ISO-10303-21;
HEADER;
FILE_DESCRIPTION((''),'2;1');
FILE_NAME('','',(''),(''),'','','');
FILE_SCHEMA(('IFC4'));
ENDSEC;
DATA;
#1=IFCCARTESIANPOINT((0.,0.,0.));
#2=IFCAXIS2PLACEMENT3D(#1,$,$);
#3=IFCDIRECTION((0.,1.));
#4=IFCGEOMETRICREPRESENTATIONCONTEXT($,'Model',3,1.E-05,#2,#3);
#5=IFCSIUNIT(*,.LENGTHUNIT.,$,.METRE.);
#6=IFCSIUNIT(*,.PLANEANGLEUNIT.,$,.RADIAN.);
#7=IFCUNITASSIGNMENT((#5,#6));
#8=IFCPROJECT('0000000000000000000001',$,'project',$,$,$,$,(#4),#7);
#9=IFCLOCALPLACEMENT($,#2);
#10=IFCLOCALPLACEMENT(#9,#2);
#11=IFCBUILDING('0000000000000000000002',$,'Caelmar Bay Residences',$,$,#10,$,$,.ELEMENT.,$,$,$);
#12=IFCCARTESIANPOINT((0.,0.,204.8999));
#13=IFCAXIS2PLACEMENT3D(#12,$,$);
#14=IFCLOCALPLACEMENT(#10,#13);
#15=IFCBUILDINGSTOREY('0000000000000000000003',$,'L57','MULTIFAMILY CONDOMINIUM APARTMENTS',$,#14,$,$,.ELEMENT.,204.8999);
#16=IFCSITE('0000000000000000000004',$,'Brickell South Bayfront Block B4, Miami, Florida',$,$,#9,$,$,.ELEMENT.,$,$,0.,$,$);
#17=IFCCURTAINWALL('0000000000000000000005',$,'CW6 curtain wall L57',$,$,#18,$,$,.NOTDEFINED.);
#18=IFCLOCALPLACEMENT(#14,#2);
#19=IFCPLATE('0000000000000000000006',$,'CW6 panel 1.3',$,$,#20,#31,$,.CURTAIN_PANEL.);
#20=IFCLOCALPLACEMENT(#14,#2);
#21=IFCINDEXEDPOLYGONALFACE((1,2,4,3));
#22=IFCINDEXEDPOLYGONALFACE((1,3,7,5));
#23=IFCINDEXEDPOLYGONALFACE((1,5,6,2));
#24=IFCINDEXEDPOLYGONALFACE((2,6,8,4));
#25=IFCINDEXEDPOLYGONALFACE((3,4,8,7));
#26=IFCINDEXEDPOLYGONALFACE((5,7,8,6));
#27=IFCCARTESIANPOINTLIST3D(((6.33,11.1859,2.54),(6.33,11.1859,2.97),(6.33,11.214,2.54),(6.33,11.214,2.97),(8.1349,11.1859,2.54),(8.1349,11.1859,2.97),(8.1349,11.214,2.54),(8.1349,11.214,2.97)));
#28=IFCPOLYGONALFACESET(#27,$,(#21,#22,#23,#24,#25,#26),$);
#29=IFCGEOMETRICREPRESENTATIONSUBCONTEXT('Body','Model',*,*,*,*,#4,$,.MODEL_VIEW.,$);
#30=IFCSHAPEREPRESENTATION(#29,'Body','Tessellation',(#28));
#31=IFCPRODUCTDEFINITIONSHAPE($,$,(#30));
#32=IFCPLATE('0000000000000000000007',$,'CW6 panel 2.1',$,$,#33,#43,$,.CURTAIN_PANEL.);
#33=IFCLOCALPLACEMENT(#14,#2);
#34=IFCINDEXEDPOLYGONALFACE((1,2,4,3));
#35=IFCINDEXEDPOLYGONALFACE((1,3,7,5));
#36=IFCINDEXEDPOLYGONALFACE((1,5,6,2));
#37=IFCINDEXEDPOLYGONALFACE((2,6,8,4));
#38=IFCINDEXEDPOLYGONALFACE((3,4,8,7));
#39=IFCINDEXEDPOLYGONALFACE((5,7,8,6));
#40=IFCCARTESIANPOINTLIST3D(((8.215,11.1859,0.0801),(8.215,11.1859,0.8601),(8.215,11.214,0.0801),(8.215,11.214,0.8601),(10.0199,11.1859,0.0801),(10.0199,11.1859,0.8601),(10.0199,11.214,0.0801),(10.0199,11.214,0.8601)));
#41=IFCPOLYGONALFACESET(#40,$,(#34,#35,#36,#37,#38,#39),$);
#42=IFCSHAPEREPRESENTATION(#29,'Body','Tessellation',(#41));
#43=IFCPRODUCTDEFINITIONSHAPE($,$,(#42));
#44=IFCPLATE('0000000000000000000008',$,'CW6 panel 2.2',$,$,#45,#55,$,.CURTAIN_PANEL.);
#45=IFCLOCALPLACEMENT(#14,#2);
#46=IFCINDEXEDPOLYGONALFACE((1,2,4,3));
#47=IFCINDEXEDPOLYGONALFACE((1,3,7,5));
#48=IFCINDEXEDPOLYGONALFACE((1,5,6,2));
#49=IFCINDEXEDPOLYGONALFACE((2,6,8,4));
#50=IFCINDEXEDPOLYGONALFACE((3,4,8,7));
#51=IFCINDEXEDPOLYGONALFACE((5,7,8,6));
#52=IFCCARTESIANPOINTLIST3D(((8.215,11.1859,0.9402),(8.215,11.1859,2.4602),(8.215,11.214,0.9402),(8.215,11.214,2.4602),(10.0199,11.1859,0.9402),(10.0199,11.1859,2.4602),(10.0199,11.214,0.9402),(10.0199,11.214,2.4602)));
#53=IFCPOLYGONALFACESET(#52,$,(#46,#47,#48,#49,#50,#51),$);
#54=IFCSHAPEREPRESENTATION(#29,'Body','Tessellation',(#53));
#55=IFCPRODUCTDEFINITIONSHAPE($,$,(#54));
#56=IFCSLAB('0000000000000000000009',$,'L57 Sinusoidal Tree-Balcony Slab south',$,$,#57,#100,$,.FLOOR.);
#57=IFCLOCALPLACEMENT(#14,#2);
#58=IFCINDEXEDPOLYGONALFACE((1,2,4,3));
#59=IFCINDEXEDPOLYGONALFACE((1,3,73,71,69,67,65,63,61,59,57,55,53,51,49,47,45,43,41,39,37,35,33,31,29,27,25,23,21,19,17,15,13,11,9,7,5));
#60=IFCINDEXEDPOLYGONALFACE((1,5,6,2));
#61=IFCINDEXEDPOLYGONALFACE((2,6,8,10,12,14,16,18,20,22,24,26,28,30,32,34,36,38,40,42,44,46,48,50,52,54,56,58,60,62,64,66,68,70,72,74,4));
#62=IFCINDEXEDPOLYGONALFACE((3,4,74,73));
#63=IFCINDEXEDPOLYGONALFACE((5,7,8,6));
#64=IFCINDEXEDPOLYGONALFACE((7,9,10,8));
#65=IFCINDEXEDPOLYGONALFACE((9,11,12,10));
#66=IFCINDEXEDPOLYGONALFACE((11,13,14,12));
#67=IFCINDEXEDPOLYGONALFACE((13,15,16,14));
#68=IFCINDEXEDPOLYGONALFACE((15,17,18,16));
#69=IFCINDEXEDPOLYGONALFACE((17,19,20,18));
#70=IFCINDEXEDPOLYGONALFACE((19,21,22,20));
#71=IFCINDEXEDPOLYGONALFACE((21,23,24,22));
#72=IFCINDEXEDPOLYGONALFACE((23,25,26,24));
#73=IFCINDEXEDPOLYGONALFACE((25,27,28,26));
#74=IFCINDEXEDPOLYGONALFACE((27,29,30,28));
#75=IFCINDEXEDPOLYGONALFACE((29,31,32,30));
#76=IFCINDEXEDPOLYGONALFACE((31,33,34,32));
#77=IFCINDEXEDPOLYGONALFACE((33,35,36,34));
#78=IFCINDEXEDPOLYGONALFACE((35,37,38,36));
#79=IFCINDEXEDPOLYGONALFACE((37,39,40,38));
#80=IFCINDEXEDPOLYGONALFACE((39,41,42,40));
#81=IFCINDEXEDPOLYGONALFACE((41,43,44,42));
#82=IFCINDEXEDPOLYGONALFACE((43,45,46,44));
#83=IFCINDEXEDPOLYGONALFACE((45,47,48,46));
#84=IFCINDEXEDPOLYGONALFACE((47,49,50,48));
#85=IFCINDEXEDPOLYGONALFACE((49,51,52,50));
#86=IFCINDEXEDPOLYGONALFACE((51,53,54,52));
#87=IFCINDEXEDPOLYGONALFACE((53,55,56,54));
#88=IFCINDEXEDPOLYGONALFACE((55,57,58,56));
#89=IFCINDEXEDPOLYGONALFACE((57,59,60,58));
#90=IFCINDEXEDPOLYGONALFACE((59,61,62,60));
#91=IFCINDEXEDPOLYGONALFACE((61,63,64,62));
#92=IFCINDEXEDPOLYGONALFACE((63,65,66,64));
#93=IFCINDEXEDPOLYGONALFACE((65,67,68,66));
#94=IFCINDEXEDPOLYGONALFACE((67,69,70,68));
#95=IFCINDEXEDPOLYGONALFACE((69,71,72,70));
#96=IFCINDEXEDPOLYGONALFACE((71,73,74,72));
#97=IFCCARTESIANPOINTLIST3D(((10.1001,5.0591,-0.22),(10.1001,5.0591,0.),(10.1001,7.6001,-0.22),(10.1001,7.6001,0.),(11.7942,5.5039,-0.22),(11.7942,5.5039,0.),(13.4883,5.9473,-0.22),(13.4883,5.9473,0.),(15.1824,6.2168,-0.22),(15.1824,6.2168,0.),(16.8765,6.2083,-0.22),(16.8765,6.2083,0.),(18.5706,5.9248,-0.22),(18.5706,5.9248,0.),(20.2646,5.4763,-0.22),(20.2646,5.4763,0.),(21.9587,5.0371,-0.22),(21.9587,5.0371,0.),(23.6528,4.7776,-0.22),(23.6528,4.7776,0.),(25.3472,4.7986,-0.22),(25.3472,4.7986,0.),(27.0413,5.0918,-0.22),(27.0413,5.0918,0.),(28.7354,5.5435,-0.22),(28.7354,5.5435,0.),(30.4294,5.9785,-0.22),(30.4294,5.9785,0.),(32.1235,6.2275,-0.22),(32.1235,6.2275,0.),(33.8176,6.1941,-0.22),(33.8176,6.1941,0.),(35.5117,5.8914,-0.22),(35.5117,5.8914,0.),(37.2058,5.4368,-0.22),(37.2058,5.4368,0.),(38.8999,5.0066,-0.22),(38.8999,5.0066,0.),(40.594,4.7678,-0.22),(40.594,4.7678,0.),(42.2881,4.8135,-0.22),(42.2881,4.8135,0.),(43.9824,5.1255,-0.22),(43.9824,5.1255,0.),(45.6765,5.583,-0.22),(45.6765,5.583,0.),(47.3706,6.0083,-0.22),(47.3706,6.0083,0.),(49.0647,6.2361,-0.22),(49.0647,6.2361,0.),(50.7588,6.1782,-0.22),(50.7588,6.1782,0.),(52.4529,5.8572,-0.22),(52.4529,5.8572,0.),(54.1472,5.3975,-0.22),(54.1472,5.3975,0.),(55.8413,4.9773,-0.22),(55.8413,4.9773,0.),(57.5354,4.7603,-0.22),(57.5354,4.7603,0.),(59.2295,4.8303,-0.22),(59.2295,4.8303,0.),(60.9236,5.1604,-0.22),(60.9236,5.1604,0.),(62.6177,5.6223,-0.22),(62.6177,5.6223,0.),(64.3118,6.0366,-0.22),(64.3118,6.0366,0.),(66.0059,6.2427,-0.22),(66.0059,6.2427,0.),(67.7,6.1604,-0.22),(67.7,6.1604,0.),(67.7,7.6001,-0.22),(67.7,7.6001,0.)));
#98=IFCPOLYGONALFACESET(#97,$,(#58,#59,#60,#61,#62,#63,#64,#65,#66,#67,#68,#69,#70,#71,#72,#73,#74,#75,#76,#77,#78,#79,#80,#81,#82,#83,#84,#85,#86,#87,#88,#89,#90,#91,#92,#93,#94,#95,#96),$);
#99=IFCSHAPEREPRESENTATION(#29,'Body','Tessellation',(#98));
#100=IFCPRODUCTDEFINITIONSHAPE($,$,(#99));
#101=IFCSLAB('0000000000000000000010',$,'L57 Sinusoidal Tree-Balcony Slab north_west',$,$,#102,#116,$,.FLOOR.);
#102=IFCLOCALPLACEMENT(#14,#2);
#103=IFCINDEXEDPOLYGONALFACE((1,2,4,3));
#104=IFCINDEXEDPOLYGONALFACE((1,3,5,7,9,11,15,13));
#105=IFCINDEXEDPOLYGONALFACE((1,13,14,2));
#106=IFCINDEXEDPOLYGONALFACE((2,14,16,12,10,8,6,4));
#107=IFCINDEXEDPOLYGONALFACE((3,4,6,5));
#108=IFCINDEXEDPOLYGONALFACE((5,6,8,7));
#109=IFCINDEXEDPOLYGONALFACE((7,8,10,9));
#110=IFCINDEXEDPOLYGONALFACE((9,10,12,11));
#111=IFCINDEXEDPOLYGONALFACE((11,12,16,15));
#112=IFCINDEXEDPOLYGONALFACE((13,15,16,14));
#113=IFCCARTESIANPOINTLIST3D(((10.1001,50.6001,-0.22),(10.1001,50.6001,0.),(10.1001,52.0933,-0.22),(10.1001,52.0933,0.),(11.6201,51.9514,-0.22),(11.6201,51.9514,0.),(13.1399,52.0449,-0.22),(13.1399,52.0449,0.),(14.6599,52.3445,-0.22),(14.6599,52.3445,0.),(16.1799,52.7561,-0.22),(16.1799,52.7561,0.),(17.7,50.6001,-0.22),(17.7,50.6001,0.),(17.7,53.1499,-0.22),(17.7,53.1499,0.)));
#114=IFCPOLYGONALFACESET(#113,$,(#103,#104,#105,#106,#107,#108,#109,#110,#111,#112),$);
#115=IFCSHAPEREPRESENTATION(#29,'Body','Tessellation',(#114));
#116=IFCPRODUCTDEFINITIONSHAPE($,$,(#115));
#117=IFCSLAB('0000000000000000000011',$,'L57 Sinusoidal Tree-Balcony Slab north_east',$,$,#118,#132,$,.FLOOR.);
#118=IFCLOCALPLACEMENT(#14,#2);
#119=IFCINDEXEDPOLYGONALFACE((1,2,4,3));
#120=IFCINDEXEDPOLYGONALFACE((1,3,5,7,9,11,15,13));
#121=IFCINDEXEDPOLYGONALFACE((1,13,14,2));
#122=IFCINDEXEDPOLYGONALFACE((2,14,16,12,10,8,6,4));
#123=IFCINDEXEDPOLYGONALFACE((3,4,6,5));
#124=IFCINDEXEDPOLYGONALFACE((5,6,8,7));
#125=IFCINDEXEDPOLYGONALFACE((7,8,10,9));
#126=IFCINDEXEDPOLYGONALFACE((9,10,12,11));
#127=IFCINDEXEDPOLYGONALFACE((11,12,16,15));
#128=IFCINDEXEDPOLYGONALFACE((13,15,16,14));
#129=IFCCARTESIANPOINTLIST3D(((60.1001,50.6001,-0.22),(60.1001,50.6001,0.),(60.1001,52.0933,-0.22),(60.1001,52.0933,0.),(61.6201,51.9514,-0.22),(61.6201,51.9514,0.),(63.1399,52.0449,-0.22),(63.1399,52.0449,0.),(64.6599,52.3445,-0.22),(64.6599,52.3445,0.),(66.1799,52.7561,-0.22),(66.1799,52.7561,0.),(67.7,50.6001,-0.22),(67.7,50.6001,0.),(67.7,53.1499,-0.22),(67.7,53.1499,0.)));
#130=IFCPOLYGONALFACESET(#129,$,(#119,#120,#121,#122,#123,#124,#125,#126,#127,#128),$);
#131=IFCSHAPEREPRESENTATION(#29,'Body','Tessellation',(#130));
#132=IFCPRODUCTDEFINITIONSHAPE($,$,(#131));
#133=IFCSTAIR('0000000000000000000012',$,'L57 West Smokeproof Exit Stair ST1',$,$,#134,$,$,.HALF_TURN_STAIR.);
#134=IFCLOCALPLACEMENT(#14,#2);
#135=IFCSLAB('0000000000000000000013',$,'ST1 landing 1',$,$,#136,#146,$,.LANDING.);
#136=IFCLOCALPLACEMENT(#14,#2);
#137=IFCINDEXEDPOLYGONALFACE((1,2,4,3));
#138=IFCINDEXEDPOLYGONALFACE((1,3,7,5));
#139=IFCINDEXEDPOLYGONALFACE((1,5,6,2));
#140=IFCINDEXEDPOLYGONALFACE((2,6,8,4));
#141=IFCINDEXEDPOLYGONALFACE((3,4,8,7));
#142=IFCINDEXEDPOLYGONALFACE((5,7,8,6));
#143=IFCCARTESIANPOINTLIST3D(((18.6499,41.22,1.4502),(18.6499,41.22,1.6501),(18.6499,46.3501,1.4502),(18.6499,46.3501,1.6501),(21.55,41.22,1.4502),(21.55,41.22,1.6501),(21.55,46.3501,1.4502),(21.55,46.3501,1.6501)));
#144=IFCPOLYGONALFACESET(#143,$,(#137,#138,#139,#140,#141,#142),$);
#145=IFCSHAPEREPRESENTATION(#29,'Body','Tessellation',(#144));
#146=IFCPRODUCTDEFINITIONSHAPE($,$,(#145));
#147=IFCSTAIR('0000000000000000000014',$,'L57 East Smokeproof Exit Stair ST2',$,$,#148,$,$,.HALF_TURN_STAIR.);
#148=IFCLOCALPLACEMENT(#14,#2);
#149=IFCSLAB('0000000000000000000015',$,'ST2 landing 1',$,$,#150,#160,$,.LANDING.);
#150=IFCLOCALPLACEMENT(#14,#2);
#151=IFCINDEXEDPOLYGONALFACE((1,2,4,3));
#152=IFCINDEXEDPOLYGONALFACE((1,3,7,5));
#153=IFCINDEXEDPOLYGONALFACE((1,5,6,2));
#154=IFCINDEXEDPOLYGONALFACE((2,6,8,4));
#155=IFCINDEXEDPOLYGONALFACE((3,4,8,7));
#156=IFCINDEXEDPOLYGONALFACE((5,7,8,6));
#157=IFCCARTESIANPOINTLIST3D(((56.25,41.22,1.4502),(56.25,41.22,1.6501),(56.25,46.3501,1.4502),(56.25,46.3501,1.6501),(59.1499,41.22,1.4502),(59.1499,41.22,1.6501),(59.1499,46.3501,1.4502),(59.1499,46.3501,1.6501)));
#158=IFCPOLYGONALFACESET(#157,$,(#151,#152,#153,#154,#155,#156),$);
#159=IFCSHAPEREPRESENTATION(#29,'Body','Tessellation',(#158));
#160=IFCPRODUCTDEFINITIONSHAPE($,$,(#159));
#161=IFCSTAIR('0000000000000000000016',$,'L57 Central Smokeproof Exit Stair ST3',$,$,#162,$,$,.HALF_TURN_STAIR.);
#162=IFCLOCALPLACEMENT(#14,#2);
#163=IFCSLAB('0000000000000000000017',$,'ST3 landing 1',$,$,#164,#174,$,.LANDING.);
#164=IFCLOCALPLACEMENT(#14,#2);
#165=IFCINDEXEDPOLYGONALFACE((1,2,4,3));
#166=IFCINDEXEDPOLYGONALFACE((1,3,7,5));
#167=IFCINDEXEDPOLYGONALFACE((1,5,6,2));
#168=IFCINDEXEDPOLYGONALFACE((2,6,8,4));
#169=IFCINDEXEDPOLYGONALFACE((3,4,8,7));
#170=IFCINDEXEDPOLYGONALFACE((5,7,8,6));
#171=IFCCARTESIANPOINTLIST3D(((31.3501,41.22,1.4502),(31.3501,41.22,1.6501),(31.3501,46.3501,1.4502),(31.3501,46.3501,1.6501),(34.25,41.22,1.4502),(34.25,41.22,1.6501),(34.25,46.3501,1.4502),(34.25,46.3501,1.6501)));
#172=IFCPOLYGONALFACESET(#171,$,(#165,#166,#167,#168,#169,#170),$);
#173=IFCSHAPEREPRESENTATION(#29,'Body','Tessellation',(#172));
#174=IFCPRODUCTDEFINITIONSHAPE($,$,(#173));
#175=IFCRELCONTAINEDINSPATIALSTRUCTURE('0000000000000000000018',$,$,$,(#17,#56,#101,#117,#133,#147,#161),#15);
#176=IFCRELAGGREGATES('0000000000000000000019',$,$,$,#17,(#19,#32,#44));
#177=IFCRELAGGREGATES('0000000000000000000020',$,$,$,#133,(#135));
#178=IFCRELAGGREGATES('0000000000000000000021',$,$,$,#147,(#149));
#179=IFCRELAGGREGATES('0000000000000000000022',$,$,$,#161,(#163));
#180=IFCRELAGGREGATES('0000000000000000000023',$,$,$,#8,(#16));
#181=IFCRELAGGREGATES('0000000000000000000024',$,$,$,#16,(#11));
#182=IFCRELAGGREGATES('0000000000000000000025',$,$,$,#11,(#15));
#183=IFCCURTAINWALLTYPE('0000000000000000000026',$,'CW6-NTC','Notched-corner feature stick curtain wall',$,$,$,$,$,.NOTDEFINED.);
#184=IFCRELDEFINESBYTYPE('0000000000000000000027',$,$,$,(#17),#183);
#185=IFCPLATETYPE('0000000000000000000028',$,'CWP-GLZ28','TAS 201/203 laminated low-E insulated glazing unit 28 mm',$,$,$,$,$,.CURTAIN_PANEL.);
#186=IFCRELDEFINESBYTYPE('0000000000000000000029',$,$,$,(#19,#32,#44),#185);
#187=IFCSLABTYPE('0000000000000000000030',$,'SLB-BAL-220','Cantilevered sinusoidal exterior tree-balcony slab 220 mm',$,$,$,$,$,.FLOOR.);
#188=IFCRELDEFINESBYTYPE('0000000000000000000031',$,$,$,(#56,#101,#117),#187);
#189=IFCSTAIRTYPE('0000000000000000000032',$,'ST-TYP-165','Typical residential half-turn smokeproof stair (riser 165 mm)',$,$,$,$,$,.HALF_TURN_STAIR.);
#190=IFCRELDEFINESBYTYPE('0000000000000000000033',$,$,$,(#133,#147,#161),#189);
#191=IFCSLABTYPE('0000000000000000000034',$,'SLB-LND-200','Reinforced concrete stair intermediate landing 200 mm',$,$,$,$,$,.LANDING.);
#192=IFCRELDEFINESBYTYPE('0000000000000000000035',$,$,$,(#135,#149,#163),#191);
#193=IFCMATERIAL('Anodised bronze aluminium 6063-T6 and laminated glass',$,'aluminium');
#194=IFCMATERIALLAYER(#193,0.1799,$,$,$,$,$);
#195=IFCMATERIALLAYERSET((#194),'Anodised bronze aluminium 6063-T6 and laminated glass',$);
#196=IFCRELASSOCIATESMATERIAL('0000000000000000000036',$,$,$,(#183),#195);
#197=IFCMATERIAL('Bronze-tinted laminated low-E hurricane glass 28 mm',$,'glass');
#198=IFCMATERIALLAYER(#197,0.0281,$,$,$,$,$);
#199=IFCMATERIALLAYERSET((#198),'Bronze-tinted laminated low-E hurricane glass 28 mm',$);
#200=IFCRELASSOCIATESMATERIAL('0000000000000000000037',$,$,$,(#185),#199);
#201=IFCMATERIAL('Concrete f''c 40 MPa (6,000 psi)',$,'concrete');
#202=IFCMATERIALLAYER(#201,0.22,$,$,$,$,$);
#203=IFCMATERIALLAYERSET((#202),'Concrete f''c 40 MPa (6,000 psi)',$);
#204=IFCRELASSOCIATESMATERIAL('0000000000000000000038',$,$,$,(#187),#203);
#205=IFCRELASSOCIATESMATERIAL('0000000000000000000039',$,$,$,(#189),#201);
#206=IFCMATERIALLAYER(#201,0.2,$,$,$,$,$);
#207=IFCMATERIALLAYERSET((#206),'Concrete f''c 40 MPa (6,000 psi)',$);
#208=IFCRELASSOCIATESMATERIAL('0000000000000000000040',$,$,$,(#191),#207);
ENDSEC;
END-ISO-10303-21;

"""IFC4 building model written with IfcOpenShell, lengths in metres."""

from ifc_helpers import new_model, si_unit, direction, frame, origin, origin_2d, place, context, subcontext, project, spatial, polyline, rectangle, outline, extrude, material, layer, layer_set, type_object, element, aggregate, save


model = new_model("IFC4")

# Units and contexts
model_context = context("Model", 3, precision=1e-05, world=origin(), true_north=direction((0.0, 1.0)))
body_context = subcontext(model_context, "Body", "Model", "MODEL_VIEW")
ifc_project = project(units=[si_unit("LENGTHUNIT", "METRE"), si_unit("PLANEANGLEUNIT", "RADIAN")], contexts=[model_context])

# Site, building, storey
site_placement = place(None, origin())
site = spatial("IfcSite", under=ifc_project, at=site_placement, Name="Brickell South Bayfront Block B4, Miami, Florida", CompositionType="ELEMENT", RefElevation=0.0)
building_placement = place(site_placement, origin())
building = spatial("IfcBuilding", under=site, at=building_placement, Name="Caelmar Bay Residences", CompositionType="ELEMENT")
storey_placement = place(building_placement, frame((0.0, 0.0, 204.8999)))
storey = spatial("IfcBuildingStorey", under=building, at=storey_placement, Name="L57", Description="MULTIFAMILY CONDOMINIUM APARTMENTS", CompositionType="ELEMENT", Elevation=204.8999)

# Curtain wall
ifc_material_1 = material(Name="Anodised bronze aluminium 6063-T6 and laminated glass", Category="aluminium")
ifc_layer_1 = layer(ifc_material_1, 0.1799)
ifc_layer_set_1 = layer_set([ifc_layer_1], Name="Anodised bronze aluminium 6063-T6 and laminated glass")
curtain_wall_type_1 = type_object("IfcCurtainWallType", Name="CW6-NTC", Description="Notched-corner feature stick curtain wall", PredefinedType="NOTDEFINED", material=ifc_layer_set_1)
curtain_wall_1_placement = place(storey_placement, origin())
curtain_wall_1 = element("IfcCurtainWall", 1, at=curtain_wall_1_placement, inside=storey, type_object=curtain_wall_type_1, Name="CW6 curtain wall L57", PredefinedType="NOTDEFINED")

# Plates
ifc_material_2 = material(Name="Bronze-tinted laminated low-E hurricane glass 28 mm", Category="glass")
ifc_layer_2 = layer(ifc_material_2, 0.0281)
ifc_layer_set_2 = layer_set([ifc_layer_2], Name="Bronze-tinted laminated low-E hurricane glass 28 mm")
plate_type = type_object("IfcPlateType", Name="CWP-GLZ28", Description="TAS 201/203 laminated low-E insulated glazing unit 28 mm", PredefinedType="CURTAIN_PANEL", material=ifc_layer_set_2)
plate_1_placement = place(storey_placement, frame((7.2324, 11.2, 2.54), z_axis=(0.0, 0.0, 1.0), x_axis=(1.0, 0.0, 0.0)))
plate_1 = element("IfcPlate", 2, at=plate_1_placement, type_object=plate_type, Name="CW6 panel 1.3", PredefinedType="CURTAIN_PANEL", context=body_context, shape_type="SweptSolid", body=[
    extrude(rectangle(XDim=1.8049, YDim=0.0281, at=origin_2d()), origin(), (0.0, 0.0, 1.0), 0.4299),
])
plate_2_placement = place(storey_placement, frame((9.1174, 11.2, 0.0801), z_axis=(0.0, 0.0, 1.0), x_axis=(1.0, 0.0, 0.0)))
plate_2 = element("IfcPlate", 3, at=plate_2_placement, type_object=plate_type, Name="CW6 panel 2.1", PredefinedType="CURTAIN_PANEL", context=body_context, shape_type="SweptSolid", body=[
    extrude(rectangle(XDim=1.8049, YDim=0.0281, at=origin_2d()), origin(), (0.0, 0.0, 1.0), 0.78),
])
plate_3_placement = place(storey_placement, frame((9.1174, 11.2, 0.9402), z_axis=(0.0, 0.0, 1.0), x_axis=(1.0, 0.0, 0.0)))
plate_3 = element("IfcPlate", 4, at=plate_3_placement, type_object=plate_type, Name="CW6 panel 2.2", PredefinedType="CURTAIN_PANEL", context=body_context, shape_type="SweptSolid", body=[
    extrude(rectangle(XDim=1.8049, YDim=0.0281, at=origin_2d()), origin(), (0.0, 0.0, 1.0), 1.52),
])
aggregate(curtain_wall_1, [plate_1, plate_2, plate_3])

# Slabs
ifc_material_3 = material(Name="Concrete f'c 40 MPa (6,000 psi)", Category="concrete")
ifc_layer_3 = layer(ifc_material_3, 0.22)
ifc_layer_set_3 = layer_set([ifc_layer_3], Name="Concrete f'c 40 MPa (6,000 psi)")
slab_type_1 = type_object("IfcSlabType", Name="SLB-BAL-220", Description="Cantilevered sinusoidal exterior tree-balcony slab 220 mm", PredefinedType="FLOOR", material=ifc_layer_set_3)
slab_1_placement = place(storey_placement, frame((0.0, 0.0, -0.22)))
element("IfcSlab", 5, at=slab_1_placement, inside=storey, type_object=slab_type_1, Name="L57 Sinusoidal Tree-Balcony Slab south", PredefinedType="FLOOR", context=body_context, shape_type="SweptSolid", body=[
    extrude(outline(polyline([(10.1001, 5.0591), (11.7942, 5.5039), (13.4883, 5.9473), (15.1824, 6.2168), (16.8765, 6.2083), (18.5706, 5.9248), (20.2646, 5.4763), (21.9587, 5.0371), (23.6528, 4.7776), (25.3472, 4.7986), (27.0413, 5.0918), (28.7354, 5.5435), (30.4294, 5.9785), (32.1235, 6.2275), (33.8176, 6.1941), (35.5117, 5.8914), (37.2058, 5.4368), (38.8999, 5.0066), (40.594, 4.7678), (42.2881, 4.8135), (43.9824, 5.1255), (45.6765, 5.583), (47.3706, 6.0083), (49.0647, 6.2361), (50.7588, 6.1782), (52.4529, 5.8572), (54.1472, 5.3975), (55.8413, 4.9773), (57.5354, 4.7603), (59.2295, 4.8303), (60.9236, 5.1604), (62.6177, 5.6223), (64.3118, 6.0366), (66.0059, 6.2427), (67.7, 6.1604), (67.7, 7.6001), (10.1001, 7.6001), (10.1001, 5.0591)])), origin(), (0.0, 0.0, 1.0), 0.22),
])
slab_2_placement = place(storey_placement, frame((0.0, 0.0, -0.22)))
element("IfcSlab", 6, at=slab_2_placement, inside=storey, type_object=slab_type_1, Name="L57 Sinusoidal Tree-Balcony Slab north_west", PredefinedType="FLOOR", context=body_context, shape_type="SweptSolid", body=[
    extrude(outline(polyline([(10.1001, 50.6001), (17.7, 50.6001), (17.7, 53.1499), (16.1799, 52.7561), (14.6599, 52.3445), (13.1399, 52.0449), (11.6201, 51.9514), (10.1001, 52.0933), (10.1001, 50.6001)])), origin(), (0.0, 0.0, 1.0), 0.22),
])
slab_3_placement = place(storey_placement, frame((0.0, 0.0, -0.22)))
element("IfcSlab", 7, at=slab_3_placement, inside=storey, type_object=slab_type_1, Name="L57 Sinusoidal Tree-Balcony Slab north_east", PredefinedType="FLOOR", context=body_context, shape_type="SweptSolid", body=[
    extrude(outline(polyline([(60.1001, 50.6001), (67.7, 50.6001), (67.7, 53.1499), (66.1799, 52.7561), (64.6599, 52.3445), (63.1399, 52.0449), (61.6201, 51.9514), (60.1001, 52.0933), (60.1001, 50.6001)])), origin(), (0.0, 0.0, 1.0), 0.22),
])

# Stairs, slabs
stair_type = type_object("IfcStairType", Name="ST-TYP-165", Description="Typical residential half-turn smokeproof stair (riser 165 mm)", PredefinedType="HALF_TURN_STAIR", material=ifc_material_3)
stair_1_placement = place(storey_placement, origin())
stair_1 = element("IfcStair", 8, at=stair_1_placement, inside=storey, type_object=stair_type, Name="L57 West Smokeproof Exit Stair ST1", PredefinedType="HALF_TURN_STAIR")
ifc_layer_4 = layer(ifc_material_3, 0.2)
ifc_layer_set_4 = layer_set([ifc_layer_4], Name="Concrete f'c 40 MPa (6,000 psi)")
slab_type_2 = type_object("IfcSlabType", Name="SLB-LND-200", Description="Reinforced concrete stair intermediate landing 200 mm", PredefinedType="LANDING", material=ifc_layer_set_4)
slab_4_placement = place(storey_placement, frame((0.0, 0.0, 1.4502)))
slab_4 = element("IfcSlab", 9, at=slab_4_placement, type_object=slab_type_2, Name="ST1 landing 1", PredefinedType="LANDING", context=body_context, shape_type="SweptSolid", body=[
    extrude(outline(polyline([(21.55, 41.22), (21.55, 46.3501), (18.6499, 46.3501), (18.6499, 41.22), (21.55, 41.22)])), origin(), (0.0, 0.0, 1.0), 0.2),
])
aggregate(stair_1, [slab_4])
stair_2_placement = place(storey_placement, origin())
stair_2 = element("IfcStair", 10, at=stair_2_placement, inside=storey, type_object=stair_type, Name="L57 East Smokeproof Exit Stair ST2", PredefinedType="HALF_TURN_STAIR")
slab_5_placement = place(storey_placement, frame((0.0, 0.0, 1.4502)))
slab_5 = element("IfcSlab", 11, at=slab_5_placement, type_object=slab_type_2, Name="ST2 landing 1", PredefinedType="LANDING", context=body_context, shape_type="SweptSolid", body=[
    extrude(outline(polyline([(59.1499, 41.22), (59.1499, 46.3501), (56.25, 46.3501), (56.25, 41.22), (59.1499, 41.22)])), origin(), (0.0, 0.0, 1.0), 0.2),
])
aggregate(stair_2, [slab_5])
stair_3_placement = place(storey_placement, origin())
stair_3 = element("IfcStair", 12, at=stair_3_placement, inside=storey, type_object=stair_type, Name="L57 Central Smokeproof Exit Stair ST3", PredefinedType="HALF_TURN_STAIR")
slab_6_placement = place(storey_placement, frame((0.0, 0.0, 1.4502)))
slab_6 = element("IfcSlab", 13, at=slab_6_placement, type_object=slab_type_2, Name="ST3 landing 1", PredefinedType="LANDING", context=body_context, shape_type="SweptSolid", body=[
    extrude(outline(polyline([(34.25, 41.22), (34.25, 46.3501), (31.3501, 46.3501), (31.3501, 41.22), (34.25, 41.22)])), origin(), (0.0, 0.0, 1.0), 0.2),
])
aggregate(stair_3, [slab_6])

save(model, "model.ifc")
